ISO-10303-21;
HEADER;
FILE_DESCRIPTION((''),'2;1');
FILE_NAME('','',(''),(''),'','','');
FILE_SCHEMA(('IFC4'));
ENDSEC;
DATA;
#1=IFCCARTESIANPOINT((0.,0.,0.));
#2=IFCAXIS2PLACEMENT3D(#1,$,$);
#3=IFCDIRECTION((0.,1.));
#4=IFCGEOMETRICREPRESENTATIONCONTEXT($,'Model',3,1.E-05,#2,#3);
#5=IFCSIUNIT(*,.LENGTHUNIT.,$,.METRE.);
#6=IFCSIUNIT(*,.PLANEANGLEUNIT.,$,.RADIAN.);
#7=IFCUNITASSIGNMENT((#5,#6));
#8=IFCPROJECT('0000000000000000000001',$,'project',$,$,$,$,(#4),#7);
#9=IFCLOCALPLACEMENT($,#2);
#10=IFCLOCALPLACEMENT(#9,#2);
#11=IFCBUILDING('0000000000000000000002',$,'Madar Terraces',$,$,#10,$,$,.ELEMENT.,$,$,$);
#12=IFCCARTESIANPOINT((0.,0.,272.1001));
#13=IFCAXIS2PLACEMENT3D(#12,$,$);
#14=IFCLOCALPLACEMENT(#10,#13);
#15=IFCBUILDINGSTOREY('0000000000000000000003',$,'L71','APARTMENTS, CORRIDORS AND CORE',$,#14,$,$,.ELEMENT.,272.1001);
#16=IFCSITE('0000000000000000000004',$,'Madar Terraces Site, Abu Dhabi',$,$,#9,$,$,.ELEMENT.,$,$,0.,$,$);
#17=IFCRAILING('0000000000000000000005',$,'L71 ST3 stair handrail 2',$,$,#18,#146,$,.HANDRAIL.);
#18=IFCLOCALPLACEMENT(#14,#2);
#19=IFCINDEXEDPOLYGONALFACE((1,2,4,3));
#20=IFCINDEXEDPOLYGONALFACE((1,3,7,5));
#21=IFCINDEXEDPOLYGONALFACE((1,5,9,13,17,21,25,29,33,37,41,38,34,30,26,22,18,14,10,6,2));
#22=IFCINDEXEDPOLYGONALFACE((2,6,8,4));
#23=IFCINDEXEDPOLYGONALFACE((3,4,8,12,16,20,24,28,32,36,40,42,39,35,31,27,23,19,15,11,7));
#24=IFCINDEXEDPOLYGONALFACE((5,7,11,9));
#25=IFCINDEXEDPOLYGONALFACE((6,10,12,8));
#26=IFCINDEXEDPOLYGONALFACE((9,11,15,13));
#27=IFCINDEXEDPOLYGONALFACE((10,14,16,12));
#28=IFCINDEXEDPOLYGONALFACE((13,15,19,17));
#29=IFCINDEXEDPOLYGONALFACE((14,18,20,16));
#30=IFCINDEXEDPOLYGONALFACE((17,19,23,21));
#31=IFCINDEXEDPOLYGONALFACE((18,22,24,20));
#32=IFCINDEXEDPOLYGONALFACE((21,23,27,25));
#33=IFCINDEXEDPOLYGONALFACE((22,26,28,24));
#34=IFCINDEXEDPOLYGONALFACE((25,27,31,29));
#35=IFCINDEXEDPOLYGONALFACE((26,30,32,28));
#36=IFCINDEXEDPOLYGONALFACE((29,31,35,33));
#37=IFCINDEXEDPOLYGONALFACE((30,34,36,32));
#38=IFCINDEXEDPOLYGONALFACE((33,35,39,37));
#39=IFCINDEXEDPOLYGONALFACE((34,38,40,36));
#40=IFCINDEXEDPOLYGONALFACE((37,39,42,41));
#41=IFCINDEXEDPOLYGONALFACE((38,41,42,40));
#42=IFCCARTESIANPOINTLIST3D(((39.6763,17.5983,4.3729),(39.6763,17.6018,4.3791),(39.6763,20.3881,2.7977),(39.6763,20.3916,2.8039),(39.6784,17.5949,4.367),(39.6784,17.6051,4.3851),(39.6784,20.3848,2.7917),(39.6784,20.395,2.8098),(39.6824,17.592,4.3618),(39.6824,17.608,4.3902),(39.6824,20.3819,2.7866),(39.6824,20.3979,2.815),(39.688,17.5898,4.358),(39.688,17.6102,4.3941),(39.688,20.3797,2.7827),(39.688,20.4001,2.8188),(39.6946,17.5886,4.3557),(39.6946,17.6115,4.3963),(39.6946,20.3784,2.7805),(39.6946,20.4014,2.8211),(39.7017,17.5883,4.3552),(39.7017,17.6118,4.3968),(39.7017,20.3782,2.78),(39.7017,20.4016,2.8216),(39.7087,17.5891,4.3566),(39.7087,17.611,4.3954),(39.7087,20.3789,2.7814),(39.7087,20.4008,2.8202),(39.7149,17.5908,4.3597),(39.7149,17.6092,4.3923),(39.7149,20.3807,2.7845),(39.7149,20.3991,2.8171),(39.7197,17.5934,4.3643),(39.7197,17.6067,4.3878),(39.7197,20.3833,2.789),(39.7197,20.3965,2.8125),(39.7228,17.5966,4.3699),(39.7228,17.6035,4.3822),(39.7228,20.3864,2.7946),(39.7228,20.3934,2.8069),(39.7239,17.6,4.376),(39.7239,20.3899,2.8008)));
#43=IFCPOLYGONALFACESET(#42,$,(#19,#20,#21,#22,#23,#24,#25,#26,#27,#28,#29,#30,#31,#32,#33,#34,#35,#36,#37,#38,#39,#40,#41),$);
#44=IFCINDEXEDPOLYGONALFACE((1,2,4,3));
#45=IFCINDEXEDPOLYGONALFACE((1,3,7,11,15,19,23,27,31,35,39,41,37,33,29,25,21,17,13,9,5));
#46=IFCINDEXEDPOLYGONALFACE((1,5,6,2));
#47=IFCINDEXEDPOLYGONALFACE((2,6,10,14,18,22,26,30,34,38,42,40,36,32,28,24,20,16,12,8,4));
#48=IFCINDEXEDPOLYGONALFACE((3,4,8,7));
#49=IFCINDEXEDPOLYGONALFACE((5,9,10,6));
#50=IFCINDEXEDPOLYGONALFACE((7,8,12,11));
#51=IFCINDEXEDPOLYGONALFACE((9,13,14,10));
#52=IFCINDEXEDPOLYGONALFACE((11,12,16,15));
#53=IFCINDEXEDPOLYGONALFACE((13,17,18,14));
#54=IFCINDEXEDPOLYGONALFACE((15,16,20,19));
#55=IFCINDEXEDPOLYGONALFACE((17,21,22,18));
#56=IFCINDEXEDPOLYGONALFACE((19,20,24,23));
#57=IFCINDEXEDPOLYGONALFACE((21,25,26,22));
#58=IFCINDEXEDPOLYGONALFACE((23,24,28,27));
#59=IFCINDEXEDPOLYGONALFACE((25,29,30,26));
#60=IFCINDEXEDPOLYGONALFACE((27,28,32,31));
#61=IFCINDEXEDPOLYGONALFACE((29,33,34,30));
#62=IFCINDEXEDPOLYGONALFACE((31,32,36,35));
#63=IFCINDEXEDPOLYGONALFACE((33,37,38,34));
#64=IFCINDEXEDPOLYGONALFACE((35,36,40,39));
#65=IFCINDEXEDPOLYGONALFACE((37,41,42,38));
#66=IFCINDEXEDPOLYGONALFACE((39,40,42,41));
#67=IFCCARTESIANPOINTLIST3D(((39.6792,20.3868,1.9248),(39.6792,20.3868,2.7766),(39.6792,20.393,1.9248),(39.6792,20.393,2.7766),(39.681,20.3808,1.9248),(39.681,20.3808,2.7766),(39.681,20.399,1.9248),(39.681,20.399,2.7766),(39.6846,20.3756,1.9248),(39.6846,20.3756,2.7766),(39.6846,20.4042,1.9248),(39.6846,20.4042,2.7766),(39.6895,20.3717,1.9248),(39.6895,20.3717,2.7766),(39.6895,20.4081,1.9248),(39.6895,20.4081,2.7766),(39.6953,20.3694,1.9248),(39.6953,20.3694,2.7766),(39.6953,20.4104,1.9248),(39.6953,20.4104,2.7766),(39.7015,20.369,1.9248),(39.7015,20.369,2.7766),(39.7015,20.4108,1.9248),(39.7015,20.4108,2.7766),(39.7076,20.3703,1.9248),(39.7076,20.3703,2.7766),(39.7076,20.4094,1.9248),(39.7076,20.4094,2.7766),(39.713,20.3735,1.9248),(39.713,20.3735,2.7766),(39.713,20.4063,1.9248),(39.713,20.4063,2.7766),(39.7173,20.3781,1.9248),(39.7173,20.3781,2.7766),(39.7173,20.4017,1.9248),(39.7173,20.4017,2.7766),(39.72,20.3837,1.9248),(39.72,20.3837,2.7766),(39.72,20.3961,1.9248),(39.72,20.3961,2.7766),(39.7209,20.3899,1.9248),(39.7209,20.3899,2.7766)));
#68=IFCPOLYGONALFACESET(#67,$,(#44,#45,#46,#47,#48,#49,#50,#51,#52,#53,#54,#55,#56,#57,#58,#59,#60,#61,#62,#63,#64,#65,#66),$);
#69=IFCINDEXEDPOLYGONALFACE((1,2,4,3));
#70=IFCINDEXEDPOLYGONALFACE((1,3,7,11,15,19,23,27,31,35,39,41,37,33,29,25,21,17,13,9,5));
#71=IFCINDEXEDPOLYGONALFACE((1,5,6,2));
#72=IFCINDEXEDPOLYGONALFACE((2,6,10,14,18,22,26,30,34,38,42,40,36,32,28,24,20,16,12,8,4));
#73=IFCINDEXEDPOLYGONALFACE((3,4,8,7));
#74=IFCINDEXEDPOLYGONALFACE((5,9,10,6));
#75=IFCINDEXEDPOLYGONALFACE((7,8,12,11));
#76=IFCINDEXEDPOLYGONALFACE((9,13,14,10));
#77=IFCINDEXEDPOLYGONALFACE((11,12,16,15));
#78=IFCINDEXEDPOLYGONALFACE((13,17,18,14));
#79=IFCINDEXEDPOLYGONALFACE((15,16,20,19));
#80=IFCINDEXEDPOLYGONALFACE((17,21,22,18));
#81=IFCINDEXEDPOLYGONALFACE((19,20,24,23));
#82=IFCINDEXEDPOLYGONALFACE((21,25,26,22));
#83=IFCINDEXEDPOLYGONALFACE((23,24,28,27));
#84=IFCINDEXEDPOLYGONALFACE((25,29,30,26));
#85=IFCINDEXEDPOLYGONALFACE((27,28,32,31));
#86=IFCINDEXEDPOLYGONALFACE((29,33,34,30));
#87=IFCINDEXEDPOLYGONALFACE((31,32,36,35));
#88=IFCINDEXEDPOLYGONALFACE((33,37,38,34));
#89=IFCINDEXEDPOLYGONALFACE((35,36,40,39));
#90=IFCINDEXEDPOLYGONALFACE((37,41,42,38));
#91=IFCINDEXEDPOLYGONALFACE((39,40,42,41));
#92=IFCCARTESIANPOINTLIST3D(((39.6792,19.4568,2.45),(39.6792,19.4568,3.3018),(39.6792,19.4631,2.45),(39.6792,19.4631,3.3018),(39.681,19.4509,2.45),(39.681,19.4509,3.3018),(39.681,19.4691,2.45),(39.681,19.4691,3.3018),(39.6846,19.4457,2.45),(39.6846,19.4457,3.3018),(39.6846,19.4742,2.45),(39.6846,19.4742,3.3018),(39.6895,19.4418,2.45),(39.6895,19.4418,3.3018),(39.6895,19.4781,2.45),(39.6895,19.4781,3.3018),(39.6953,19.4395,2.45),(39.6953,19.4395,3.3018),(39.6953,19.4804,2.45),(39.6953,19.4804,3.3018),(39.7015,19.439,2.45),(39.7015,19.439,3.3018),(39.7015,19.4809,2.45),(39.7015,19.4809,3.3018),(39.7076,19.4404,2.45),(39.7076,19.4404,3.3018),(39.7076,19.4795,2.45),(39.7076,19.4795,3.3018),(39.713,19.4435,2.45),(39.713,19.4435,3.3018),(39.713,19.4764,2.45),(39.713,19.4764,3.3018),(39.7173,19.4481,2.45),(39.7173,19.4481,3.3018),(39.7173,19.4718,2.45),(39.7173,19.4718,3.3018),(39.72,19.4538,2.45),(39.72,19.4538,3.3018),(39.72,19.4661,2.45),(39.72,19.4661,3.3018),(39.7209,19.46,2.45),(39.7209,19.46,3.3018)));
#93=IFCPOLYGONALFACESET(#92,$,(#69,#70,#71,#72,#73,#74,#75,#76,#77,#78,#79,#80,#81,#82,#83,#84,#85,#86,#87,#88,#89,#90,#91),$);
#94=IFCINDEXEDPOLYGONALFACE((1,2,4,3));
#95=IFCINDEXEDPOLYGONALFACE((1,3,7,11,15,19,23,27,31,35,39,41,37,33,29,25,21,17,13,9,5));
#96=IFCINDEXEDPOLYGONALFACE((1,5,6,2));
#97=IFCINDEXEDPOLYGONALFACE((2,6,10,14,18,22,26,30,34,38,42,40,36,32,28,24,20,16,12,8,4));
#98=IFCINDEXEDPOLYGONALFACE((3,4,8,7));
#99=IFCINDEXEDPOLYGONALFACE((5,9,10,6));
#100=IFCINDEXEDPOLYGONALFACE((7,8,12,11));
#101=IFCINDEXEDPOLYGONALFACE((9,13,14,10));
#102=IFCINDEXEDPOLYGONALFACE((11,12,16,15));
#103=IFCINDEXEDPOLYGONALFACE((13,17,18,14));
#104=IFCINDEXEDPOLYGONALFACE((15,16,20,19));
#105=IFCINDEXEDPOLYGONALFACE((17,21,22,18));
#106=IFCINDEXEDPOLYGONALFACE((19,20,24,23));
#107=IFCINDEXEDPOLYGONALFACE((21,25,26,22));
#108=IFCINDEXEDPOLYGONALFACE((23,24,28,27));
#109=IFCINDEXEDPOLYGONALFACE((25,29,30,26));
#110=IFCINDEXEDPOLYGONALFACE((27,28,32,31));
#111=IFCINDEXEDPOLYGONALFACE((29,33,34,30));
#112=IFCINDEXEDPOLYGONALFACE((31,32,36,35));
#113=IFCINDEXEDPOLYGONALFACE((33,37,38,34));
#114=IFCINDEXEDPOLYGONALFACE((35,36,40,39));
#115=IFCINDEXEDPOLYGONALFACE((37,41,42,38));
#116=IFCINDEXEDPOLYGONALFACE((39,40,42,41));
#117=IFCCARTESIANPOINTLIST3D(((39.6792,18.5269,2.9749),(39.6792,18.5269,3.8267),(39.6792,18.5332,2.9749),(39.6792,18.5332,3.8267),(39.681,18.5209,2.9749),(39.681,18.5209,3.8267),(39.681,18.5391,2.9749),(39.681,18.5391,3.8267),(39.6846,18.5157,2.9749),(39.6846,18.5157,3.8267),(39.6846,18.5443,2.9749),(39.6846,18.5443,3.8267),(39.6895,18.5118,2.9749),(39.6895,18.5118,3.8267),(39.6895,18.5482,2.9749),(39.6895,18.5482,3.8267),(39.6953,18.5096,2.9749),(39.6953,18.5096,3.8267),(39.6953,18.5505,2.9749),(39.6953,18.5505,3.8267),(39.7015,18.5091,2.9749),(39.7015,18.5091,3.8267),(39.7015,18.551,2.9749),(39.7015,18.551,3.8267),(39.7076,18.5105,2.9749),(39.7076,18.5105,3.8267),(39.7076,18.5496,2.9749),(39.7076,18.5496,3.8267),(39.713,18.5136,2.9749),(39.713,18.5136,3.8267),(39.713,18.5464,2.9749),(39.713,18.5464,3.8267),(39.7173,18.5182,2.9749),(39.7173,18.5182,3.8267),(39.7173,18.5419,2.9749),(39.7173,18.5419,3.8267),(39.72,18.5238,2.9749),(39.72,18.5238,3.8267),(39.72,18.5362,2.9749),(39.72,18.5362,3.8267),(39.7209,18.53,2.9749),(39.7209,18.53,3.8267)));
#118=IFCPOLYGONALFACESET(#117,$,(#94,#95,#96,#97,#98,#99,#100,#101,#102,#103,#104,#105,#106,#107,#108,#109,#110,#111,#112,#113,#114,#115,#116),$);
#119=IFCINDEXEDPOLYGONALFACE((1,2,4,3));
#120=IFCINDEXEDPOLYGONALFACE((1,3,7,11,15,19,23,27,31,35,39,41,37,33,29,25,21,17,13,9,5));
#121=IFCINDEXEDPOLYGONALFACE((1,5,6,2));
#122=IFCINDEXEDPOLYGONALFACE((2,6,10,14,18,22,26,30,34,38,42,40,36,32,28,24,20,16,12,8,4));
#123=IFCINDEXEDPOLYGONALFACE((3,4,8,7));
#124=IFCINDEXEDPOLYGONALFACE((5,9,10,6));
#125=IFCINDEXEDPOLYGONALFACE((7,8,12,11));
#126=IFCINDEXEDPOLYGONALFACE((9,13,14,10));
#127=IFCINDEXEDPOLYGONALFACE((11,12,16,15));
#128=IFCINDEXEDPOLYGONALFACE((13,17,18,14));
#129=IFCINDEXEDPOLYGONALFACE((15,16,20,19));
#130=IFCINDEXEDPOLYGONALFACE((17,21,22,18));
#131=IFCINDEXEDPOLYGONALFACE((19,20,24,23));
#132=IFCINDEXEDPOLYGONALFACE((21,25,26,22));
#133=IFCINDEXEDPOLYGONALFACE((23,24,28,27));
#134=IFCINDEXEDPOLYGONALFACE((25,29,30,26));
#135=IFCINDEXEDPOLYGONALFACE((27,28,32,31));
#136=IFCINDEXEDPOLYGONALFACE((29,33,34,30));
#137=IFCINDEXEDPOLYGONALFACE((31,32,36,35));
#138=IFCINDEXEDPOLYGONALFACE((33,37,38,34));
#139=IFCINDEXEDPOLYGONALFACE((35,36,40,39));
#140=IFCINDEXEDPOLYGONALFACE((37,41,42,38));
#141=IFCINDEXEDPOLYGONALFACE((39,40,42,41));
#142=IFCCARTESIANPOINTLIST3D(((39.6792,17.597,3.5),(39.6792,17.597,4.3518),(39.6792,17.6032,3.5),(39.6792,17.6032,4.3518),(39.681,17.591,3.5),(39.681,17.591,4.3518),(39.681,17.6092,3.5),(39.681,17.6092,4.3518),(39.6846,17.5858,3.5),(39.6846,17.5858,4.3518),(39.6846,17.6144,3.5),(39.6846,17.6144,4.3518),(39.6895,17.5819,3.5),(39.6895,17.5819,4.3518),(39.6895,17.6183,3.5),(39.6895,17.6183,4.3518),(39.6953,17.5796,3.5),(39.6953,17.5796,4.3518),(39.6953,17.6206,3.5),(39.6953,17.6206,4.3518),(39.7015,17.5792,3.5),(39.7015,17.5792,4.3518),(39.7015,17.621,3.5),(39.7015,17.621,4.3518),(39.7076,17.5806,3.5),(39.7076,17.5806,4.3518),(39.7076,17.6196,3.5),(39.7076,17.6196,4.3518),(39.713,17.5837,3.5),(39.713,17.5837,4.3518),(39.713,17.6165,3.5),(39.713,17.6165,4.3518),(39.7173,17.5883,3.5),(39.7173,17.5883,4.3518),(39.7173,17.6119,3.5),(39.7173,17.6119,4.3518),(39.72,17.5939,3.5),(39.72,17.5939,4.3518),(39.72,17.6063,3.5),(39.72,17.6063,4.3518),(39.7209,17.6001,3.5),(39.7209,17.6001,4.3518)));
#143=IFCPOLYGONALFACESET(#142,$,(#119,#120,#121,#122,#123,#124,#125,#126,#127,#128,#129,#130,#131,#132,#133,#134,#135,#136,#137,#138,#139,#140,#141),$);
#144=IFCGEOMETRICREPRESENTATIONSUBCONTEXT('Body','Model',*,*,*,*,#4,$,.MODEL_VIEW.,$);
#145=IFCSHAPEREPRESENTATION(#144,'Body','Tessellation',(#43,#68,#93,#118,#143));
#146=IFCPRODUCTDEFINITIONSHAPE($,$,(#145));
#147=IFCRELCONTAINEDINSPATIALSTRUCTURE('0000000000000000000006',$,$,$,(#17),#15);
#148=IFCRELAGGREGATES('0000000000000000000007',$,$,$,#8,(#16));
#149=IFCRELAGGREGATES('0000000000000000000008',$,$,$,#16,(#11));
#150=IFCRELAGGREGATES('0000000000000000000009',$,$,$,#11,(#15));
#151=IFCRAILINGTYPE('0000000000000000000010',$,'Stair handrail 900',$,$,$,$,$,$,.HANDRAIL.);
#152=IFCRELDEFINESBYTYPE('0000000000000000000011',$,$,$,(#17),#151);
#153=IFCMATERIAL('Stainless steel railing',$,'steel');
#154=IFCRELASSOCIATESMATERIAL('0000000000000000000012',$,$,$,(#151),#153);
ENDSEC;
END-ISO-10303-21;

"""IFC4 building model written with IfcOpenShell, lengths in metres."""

from ifc_helpers import new_model, si_unit, direction, frame, origin, origin_2d, place, context, subcontext, project, spatial, circle, extrude, material, type_object, element, save


model = new_model("IFC4")

# Units and contexts
model_context = context("Model", 3, precision=1e-05, world=origin(), true_north=direction((0.0, 1.0)))
body_context = subcontext(model_context, "Body", "Model", "MODEL_VIEW")
ifc_project = project(units=[si_unit("LENGTHUNIT", "METRE"), si_unit("PLANEANGLEUNIT", "RADIAN")], contexts=[model_context])

# Site, building, storey
site_placement = place(None, origin())
site = spatial("IfcSite", under=ifc_project, at=site_placement, Name="Madar Terraces Site, Abu Dhabi", CompositionType="ELEMENT", RefElevation=0.0)
building_placement = place(site_placement, origin())
building = spatial("IfcBuilding", under=site, at=building_placement, Name="Madar Terraces", CompositionType="ELEMENT")
storey_placement = place(building_placement, frame((0.0, 0.0, 272.1001)))
storey = spatial("IfcBuildingStorey", under=building, at=storey_placement, Name="L71", Description="APARTMENTS, CORRIDORS AND CORE", CompositionType="ELEMENT", Elevation=272.1001)

# Railing
ifc_material_1 = material(Name="Stainless steel railing", Category="steel")
railing_type_1 = type_object("IfcRailingType", Name="Stair handrail 900", PredefinedType="HANDRAIL", material=ifc_material_1)
railing_1_placement = place(storey_placement, frame((39.7, 20.3899, 1.9248)))
element("IfcRailing", 1, at=railing_1_placement, inside=storey, type_object=railing_type_1, Name="L71 ST3 stair handrail 2", PredefinedType="HANDRAIL", context=body_context, shape_type="SweptSolid", body=[
    extrude(circle(Radius=0.0239, at=origin_2d()), frame((0.0, 0.0, 0.876), z_axis=(0.0, -0.870783, 0.491668), x_axis=(1.0, 0.0, 0.0)), (0.0, 0.0, 1.0), 3.2039),
    extrude(circle(Radius=0.021, at=origin_2d()), origin(), (0.0, 0.0, 1.0), 0.8518),
    extrude(circle(Radius=0.021, at=origin_2d()), frame((0.0, -0.9299, 0.5251)), (0.0, 0.0, 1.0), 0.8518),
    extrude(circle(Radius=0.021, at=origin_2d()), frame((0.0, -1.8599, 1.05)), (0.0, 0.0, 1.0), 0.8518),
    extrude(circle(Radius=0.021, at=origin_2d()), frame((0.0, -2.7898, 1.5752)), (0.0, 0.0, 1.0), 0.8518),
])

save(model, "model.ifc")
